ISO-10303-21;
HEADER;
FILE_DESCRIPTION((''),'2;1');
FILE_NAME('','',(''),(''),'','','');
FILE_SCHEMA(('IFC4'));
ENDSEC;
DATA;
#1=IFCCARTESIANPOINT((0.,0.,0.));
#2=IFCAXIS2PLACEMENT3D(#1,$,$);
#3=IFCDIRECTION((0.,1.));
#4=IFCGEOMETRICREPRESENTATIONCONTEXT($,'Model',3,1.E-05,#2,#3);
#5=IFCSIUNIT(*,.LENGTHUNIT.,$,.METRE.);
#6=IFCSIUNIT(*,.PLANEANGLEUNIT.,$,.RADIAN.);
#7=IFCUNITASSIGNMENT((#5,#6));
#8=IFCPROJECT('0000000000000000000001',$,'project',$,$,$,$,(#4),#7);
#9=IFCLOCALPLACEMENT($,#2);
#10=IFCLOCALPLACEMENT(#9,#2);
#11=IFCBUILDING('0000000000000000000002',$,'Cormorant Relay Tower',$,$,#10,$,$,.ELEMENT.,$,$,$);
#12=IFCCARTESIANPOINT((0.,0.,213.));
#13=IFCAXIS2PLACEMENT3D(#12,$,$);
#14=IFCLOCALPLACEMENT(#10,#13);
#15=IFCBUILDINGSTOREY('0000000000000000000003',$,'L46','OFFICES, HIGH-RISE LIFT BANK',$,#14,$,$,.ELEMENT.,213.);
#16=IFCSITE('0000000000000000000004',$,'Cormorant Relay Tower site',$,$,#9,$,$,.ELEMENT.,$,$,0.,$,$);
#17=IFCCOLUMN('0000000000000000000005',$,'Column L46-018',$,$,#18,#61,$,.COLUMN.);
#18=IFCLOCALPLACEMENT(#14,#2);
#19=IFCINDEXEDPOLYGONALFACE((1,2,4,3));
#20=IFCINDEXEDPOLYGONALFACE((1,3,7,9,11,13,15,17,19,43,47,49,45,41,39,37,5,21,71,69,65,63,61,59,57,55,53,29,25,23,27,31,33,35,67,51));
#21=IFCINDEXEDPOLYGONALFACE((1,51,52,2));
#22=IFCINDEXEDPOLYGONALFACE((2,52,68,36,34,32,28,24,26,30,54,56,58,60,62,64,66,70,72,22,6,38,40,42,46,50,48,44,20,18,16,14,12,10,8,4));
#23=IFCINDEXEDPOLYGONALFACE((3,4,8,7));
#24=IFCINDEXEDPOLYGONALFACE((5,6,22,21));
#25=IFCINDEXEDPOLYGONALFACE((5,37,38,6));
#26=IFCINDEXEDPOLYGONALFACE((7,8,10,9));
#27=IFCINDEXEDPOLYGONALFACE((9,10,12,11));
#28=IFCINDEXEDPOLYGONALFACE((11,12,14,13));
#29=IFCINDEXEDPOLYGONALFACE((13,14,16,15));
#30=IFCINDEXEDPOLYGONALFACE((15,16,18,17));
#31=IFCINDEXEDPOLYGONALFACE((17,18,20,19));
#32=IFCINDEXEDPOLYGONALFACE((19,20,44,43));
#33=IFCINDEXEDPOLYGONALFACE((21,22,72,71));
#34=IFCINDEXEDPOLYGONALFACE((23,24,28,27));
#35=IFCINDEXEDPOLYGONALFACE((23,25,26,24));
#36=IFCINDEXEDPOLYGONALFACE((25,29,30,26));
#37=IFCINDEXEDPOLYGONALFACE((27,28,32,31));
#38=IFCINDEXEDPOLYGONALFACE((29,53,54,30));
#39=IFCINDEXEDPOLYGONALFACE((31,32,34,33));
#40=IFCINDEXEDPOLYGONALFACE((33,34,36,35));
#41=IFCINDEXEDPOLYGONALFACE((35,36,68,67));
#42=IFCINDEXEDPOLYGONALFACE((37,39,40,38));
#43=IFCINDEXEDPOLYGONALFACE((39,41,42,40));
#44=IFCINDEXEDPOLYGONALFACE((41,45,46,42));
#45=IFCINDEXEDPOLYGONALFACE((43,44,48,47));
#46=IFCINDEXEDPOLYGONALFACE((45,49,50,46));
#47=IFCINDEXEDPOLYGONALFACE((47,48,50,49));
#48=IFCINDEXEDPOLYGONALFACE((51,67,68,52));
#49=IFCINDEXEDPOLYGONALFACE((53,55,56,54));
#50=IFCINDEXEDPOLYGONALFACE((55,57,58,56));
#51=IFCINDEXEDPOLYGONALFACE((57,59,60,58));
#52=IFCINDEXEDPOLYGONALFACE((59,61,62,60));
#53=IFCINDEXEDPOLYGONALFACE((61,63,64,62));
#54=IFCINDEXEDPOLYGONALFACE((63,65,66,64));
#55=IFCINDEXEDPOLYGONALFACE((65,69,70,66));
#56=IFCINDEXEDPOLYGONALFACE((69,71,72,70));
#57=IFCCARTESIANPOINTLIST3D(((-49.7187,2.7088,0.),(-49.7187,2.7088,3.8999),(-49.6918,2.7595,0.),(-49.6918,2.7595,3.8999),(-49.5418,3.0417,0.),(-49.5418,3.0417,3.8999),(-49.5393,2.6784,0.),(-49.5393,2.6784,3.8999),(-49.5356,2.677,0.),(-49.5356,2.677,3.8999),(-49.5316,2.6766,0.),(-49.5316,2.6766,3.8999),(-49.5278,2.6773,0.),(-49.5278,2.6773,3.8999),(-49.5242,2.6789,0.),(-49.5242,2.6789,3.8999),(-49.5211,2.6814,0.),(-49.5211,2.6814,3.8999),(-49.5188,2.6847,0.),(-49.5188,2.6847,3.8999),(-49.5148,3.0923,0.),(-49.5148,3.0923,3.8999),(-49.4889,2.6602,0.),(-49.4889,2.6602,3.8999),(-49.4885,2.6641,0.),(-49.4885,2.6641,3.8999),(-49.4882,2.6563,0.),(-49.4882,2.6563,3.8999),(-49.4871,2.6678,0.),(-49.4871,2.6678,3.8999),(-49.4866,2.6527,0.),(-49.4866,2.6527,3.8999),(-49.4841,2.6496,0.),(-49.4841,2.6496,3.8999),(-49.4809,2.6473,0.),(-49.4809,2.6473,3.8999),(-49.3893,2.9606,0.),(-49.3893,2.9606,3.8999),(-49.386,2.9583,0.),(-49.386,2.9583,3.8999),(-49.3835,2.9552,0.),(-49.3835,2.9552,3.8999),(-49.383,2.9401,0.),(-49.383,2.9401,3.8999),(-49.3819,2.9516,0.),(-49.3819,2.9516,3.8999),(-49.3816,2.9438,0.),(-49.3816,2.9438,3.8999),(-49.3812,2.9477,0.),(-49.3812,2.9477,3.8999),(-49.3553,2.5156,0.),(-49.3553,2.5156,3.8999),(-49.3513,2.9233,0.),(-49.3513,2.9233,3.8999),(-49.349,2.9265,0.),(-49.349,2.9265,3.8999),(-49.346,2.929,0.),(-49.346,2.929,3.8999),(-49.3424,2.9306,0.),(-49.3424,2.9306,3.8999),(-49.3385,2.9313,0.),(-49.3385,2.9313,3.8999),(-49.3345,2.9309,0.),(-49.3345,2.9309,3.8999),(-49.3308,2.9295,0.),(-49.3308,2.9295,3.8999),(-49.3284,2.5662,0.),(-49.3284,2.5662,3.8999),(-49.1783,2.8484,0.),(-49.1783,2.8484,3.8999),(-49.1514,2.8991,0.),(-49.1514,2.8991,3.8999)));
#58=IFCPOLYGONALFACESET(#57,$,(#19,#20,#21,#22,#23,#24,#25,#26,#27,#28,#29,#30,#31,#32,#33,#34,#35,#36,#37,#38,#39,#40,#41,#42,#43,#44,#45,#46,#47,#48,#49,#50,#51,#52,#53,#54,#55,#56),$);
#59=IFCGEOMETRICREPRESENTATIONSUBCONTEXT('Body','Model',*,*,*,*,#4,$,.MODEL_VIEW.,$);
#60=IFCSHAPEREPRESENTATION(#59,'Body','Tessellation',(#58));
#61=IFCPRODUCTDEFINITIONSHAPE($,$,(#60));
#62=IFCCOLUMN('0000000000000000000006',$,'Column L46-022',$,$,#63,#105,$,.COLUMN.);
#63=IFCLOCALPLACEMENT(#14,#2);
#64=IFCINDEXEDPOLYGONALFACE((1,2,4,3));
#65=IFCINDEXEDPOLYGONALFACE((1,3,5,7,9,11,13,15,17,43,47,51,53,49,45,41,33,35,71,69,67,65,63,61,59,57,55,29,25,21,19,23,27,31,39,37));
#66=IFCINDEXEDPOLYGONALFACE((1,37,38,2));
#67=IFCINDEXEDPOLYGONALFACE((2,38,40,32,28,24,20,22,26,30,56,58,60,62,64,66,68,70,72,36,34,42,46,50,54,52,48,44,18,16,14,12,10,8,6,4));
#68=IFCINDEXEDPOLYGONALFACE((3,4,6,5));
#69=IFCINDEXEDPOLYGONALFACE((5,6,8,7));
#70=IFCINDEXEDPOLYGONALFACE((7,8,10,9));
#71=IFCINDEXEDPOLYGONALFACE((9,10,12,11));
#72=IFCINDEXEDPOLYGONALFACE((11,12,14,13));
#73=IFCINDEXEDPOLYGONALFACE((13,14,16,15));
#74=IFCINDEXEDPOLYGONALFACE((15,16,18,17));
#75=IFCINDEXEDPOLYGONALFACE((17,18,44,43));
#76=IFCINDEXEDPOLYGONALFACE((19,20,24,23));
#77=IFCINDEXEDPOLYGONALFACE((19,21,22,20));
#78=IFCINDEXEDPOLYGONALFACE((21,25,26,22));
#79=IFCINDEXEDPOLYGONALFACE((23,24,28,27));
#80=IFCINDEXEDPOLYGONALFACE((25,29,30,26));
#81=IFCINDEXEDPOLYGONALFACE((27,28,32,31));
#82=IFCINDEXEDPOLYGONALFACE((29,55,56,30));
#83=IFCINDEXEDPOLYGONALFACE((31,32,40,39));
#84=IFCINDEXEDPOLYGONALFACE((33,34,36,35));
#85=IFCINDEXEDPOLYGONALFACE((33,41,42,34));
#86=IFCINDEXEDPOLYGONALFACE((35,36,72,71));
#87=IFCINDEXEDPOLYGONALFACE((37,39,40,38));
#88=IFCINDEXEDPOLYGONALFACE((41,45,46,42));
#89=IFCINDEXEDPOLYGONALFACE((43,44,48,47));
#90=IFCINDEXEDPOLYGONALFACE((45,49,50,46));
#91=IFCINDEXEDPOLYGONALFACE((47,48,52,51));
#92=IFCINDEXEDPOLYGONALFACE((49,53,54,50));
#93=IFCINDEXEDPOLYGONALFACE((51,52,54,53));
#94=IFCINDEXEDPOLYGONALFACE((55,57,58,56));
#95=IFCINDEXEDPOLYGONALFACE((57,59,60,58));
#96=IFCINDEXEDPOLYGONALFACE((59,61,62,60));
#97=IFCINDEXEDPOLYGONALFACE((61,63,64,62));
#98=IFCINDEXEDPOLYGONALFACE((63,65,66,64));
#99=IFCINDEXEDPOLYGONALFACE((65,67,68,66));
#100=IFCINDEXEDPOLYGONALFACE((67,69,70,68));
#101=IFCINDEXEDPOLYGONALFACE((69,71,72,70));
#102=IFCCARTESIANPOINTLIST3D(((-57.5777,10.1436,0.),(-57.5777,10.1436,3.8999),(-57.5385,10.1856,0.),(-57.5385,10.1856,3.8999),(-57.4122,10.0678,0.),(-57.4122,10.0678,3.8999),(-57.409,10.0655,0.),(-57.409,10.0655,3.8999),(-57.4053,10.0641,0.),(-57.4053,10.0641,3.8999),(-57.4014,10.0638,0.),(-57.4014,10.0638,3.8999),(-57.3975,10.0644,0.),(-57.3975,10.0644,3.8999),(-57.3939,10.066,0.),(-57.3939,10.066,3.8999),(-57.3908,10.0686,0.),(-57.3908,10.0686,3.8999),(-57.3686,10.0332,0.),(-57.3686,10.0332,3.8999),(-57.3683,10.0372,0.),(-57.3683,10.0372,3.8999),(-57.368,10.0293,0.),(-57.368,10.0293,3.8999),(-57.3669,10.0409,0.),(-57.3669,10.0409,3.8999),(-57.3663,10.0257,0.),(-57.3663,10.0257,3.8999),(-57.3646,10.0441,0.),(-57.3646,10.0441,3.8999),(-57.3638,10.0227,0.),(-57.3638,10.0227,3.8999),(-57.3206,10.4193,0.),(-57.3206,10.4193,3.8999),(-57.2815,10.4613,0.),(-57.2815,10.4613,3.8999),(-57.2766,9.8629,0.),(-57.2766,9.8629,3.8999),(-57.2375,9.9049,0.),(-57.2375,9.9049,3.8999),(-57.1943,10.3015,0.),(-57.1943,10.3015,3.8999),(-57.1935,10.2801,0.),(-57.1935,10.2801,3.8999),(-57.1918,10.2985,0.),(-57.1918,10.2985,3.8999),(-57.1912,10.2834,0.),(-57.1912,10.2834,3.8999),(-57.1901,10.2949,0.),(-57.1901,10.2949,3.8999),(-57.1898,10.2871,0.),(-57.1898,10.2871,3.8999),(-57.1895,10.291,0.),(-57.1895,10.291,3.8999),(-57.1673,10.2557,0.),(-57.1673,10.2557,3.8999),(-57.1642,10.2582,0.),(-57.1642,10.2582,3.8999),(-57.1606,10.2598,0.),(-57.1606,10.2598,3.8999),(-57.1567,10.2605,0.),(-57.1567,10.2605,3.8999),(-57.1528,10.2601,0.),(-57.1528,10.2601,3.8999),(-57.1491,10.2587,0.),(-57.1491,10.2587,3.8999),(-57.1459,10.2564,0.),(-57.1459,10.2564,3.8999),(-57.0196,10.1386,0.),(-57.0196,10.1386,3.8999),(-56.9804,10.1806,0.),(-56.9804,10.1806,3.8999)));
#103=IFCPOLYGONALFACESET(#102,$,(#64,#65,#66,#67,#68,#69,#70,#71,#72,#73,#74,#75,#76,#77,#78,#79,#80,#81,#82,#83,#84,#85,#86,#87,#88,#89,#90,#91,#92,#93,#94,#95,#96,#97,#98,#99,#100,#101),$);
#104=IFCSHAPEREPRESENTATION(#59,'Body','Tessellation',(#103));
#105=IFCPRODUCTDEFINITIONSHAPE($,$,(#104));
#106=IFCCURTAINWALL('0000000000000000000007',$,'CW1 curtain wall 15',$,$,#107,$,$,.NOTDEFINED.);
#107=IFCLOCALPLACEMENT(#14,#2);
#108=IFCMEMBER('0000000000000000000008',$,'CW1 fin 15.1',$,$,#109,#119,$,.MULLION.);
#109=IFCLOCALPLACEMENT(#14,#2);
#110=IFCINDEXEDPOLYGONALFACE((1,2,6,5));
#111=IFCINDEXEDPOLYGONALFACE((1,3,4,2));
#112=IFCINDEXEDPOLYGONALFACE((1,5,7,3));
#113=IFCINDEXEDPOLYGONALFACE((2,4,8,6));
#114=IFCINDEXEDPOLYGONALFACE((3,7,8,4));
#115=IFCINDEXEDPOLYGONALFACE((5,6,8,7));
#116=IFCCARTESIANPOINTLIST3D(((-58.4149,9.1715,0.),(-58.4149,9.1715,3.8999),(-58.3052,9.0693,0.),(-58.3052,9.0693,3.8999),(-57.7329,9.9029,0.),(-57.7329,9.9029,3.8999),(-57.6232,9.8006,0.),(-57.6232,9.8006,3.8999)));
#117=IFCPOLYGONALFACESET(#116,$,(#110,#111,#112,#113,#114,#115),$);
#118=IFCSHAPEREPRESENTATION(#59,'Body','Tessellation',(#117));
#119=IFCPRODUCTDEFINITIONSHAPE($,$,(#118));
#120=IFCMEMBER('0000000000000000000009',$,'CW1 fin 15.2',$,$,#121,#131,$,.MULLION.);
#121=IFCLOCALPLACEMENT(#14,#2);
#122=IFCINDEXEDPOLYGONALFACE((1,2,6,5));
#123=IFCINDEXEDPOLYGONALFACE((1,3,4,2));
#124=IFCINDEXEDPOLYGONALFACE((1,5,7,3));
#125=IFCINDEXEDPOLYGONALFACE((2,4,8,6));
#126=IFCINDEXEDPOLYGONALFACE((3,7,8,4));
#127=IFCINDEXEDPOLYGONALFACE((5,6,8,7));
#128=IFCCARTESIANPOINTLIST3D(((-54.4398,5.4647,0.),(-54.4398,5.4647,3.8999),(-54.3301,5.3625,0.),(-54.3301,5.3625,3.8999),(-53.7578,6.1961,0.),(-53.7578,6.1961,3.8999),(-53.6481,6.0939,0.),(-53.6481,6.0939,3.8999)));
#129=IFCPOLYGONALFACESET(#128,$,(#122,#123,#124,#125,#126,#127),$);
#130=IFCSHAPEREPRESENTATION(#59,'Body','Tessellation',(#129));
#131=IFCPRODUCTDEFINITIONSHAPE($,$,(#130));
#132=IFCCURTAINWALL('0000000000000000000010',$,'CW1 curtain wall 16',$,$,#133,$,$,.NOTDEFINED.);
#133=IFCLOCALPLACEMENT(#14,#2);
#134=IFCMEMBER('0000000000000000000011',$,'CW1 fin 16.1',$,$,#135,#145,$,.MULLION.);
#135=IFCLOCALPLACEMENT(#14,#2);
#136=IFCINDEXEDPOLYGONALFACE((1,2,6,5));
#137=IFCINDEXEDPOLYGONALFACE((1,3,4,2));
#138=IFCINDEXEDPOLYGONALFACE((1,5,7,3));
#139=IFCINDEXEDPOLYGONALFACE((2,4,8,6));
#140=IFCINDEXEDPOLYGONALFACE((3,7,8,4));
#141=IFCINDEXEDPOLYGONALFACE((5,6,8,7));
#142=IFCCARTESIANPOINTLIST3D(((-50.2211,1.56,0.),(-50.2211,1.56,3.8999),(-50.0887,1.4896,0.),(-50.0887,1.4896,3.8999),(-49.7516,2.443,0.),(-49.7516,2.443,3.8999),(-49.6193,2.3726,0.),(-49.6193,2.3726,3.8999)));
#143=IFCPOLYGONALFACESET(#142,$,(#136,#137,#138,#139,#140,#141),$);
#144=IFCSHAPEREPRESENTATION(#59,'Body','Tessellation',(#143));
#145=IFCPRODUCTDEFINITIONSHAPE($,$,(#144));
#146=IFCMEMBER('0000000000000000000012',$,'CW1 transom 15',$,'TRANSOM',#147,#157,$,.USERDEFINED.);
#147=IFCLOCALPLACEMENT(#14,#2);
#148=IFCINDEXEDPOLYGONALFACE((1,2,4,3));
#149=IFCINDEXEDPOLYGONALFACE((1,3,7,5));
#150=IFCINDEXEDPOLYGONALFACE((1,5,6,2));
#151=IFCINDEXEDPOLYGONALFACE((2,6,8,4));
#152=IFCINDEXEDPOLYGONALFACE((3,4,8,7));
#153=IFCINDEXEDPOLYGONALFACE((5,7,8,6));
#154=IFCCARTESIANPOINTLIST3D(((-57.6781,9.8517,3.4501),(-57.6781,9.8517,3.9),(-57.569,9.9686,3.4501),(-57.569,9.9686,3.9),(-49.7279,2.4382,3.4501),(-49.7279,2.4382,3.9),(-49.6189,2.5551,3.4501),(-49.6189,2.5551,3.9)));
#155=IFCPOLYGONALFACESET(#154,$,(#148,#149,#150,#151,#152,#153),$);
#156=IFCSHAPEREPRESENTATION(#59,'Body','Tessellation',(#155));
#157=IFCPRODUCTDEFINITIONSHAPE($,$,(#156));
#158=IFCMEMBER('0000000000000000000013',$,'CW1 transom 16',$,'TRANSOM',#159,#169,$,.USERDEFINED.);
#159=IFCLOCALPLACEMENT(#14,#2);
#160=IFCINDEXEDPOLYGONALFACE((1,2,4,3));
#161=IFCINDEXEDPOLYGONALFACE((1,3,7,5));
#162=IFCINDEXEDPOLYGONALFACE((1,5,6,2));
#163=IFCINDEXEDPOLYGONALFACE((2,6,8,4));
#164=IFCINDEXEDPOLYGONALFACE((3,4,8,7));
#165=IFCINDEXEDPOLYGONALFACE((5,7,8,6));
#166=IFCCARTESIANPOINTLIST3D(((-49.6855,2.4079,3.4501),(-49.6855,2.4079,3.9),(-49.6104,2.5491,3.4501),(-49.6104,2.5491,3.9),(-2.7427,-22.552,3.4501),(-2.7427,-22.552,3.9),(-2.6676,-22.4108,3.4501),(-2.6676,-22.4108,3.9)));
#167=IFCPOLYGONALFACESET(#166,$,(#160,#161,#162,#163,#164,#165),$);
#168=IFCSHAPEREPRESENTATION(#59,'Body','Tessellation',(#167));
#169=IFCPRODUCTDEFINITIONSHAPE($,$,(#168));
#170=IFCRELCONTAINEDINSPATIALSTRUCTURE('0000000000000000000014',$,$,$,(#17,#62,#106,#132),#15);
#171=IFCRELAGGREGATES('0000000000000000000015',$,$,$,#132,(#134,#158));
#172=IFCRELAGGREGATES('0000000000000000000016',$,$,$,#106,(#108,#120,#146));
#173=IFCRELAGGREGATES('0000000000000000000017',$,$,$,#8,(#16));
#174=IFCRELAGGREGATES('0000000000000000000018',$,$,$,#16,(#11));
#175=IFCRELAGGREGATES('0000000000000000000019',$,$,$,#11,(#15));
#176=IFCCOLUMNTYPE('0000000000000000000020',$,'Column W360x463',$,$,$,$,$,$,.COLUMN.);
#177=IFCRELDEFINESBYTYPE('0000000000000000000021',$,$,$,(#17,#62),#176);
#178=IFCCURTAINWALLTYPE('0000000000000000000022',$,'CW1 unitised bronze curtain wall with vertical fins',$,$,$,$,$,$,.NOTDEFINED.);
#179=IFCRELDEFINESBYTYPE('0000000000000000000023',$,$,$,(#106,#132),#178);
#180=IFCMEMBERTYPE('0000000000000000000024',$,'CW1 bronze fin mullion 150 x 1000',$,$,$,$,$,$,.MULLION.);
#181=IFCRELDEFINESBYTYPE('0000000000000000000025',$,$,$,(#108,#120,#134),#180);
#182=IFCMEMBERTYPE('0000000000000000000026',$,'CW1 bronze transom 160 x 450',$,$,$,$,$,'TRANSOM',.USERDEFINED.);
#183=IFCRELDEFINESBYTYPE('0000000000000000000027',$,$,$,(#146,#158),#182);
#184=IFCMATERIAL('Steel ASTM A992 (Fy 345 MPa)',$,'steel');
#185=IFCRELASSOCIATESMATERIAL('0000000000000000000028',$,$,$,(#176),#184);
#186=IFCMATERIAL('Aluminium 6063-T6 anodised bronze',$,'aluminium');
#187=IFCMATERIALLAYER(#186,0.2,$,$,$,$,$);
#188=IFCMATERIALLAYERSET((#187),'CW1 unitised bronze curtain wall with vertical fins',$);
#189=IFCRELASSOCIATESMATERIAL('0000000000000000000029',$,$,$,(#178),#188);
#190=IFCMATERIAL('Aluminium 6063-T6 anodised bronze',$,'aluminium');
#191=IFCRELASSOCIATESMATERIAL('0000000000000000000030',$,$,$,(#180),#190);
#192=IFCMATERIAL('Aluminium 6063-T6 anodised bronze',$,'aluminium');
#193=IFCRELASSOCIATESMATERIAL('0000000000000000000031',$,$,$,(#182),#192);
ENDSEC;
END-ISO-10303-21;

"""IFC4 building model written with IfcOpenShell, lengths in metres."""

from ifc_helpers import new_model, si_unit, direction, frame, origin, origin_2d, place, context, subcontext, project, spatial, rectangle, i_section, extrude, material, layer, layer_set, material_profile, profile_set, type_object, element, aggregate, save


model = new_model("IFC4")

# Units and contexts
model_context = context("Model", 3, precision=1e-05, world=origin(), true_north=direction((0.0, 1.0)))
body_context = subcontext(model_context, "Body", "Model", "MODEL_VIEW")
ifc_project = project(units=[si_unit("LENGTHUNIT", "METRE"), si_unit("PLANEANGLEUNIT", "RADIAN")], contexts=[model_context])

# Site, building, storey
site_placement = place(None, origin())
site = spatial("IfcSite", under=ifc_project, at=site_placement, Name="Cormorant Relay Tower site", CompositionType="ELEMENT", RefElevation=0.0)
building_placement = place(site_placement, origin())
building = spatial("IfcBuilding", under=site, at=building_placement, Name="Cormorant Relay Tower", CompositionType="ELEMENT")
storey_placement = place(building_placement, frame((0.0, 0.0, 213.0)))
storey = spatial("IfcBuildingStorey", under=building, at=storey_placement, Name="L46", Description="OFFICES, HIGH-RISE LIFT BANK", CompositionType="ELEMENT", Elevation=213.0)

# Columns
ifc_material_1 = material(Name="Steel ASTM A992 (Fy 345 MPa)", Category="steel")
ifc_material_profile_1 = material_profile(ifc_material_1, i_section(OverallWidth=0.4116, OverallDepth=0.4343, WebThickness=0.0359, FlangeThickness=0.0574, FilletRadius=0.0151, at=origin_2d()), Name="W360x463")
ifc_profile_set_1 = profile_set([ifc_material_profile_1], Name="Steel ASTM A992 (Fy 345 MPa)")
column_type = type_object("IfcColumnType", Name="Column W360x463", PredefinedType="COLUMN", material=ifc_profile_set_1)
for number, where, z_axis, x_axis, name in (
    (1, (-49.4351, 2.804, 0.0), (0.0, 0.0, 1.0), (0.882948, -0.469472, 0.0), "Column L46-018"),
    (2, (-57.2791, 10.1621, 0.0), (0.0, 0.0, 1.0), (0.731354, -0.681998, 0.0), "Column L46-022"),
):
    element("IfcColumn", number, at=place(storey_placement, frame(where, z_axis=z_axis, x_axis=x_axis)), inside=storey, type_object=column_type, Name=name, PredefinedType="COLUMN", context=body_context, shape_type="SweptSolid", body=[
        extrude(i_section(OverallWidth=0.4116, OverallDepth=0.4343, WebThickness=0.0359, FlangeThickness=0.0574, FilletRadius=0.0151, at=origin_2d()), origin(), (0.0, 0.0, 1.0), 3.8999),
    ])

# Curtain wall, members
ifc_material_2 = material(Name="Aluminium 6063-T6 anodised bronze", Category="aluminium")
ifc_layer_1 = layer(ifc_material_2, 0.2)
ifc_layer_set_1 = layer_set([ifc_layer_1], Name="CW1 unitised bronze curtain wall with vertical fins")
curtain_wall_type = type_object("IfcCurtainWallType", Name="CW1 unitised bronze curtain wall with vertical fins", PredefinedType="NOTDEFINED", material=ifc_layer_set_1)
curtain_wall_1_placement = place(storey_placement, origin())
curtain_wall_1 = element("IfcCurtainWall", 3, at=curtain_wall_1_placement, inside=storey, type_object=curtain_wall_type, Name="CW1 curtain wall 15", PredefinedType="NOTDEFINED")
ifc_material_3 = material(Name="Aluminium 6063-T6 anodised bronze", Category="aluminium")
ifc_material_profile_2 = material_profile(ifc_material_3, rectangle(XDim=0.1499, YDim=1.0, at=origin_2d()), Name="AL 150x1000")
ifc_profile_set_2 = profile_set([ifc_material_profile_2], Name="Aluminium 6063-T6 anodised bronze")
member_type_1 = type_object("IfcMemberType", Name="CW1 bronze fin mullion 150 x 1000", PredefinedType="MULLION", material=ifc_profile_set_2)
member_1_placement = place(storey_placement, frame((-58.019, 9.4861, 0.0), z_axis=(0.0, 0.0, 1.0), x_axis=(0.731354, -0.681998, 0.0)))
member_1 = element("IfcMember", 4, at=member_1_placement, type_object=member_type_1, Name="CW1 fin 15.1", PredefinedType="MULLION", context=body_context, shape_type="SweptSolid", body=[
    extrude(rectangle(XDim=0.1499, YDim=1.0, at=origin_2d()), origin(), (0.0, 0.0, 1.0), 3.8999),
])
member_2_placement = place(storey_placement, frame((-54.0439, 5.7793, 0.0), z_axis=(0.0, 0.0, 1.0), x_axis=(0.731354, -0.681998, 0.0)))
member_2 = element("IfcMember", 5, at=member_2_placement, type_object=member_type_1, Name="CW1 fin 15.2", PredefinedType="MULLION", context=body_context, shape_type="SweptSolid", body=[
    extrude(rectangle(XDim=0.1499, YDim=1.0, at=origin_2d()), origin(), (0.0, 0.0, 1.0), 3.8999),
])

# Curtain wall, member
curtain_wall_2_placement = place(storey_placement, origin())
curtain_wall_2 = element("IfcCurtainWall", 6, at=curtain_wall_2_placement, inside=storey, type_object=curtain_wall_type, Name="CW1 curtain wall 16", PredefinedType="NOTDEFINED")
member_3_placement = place(storey_placement, frame((-49.9202, 1.9663, 0.0), z_axis=(0.0, 0.0, 1.0), x_axis=(0.882948, -0.469472, 0.0)))
member_3 = element("IfcMember", 7, at=member_3_placement, type_object=member_type_1, Name="CW1 fin 16.1", PredefinedType="MULLION", context=body_context, shape_type="SweptSolid", body=[
    extrude(rectangle(XDim=0.1499, YDim=1.0, at=origin_2d()), origin(), (0.0, 0.0, 1.0), 3.8999),
])

# Members
ifc_material_4 = material(Name="Aluminium 6063-T6 anodised bronze", Category="aluminium")
ifc_material_profile_3 = material_profile(ifc_material_4, rectangle(XDim=0.1599, YDim=0.45, at=origin_2d()), Name="AL 160x450")
ifc_profile_set_3 = profile_set([ifc_material_profile_3], Name="Aluminium 6063-T6 anodised bronze")
member_type_2 = type_object("IfcMemberType", Name="CW1 bronze transom 160 x 450", ElementType="TRANSOM", PredefinedType="USERDEFINED", material=ifc_profile_set_3)
member_4_placement = place(storey_placement, frame((-57.6235, 9.9102, 3.675), z_axis=(0.731358, -0.681993, 0.0), x_axis=(0.681993, 0.731358, 0.0)))
member_4 = element("IfcMember", 8, at=member_4_placement, type_object=member_type_2, Name="CW1 transom 15", ObjectType="TRANSOM", PredefinedType="USERDEFINED", context=body_context, shape_type="SweptSolid", body=[
    extrude(rectangle(XDim=0.1599, YDim=0.45, at=origin_2d()), origin(), (0.0, 0.0, 1.0), 10.8704),
])
member_5_placement = place(storey_placement, frame((-49.6479, 2.4785, 3.675), z_axis=(0.882948, -0.469471, 0.0), x_axis=(0.469471, 0.882948, 0.0)))
member_5 = element("IfcMember", 9, at=member_5_placement, type_object=member_type_2, Name="CW1 transom 16", ObjectType="TRANSOM", PredefinedType="USERDEFINED", context=body_context, shape_type="SweptSolid", body=[
    extrude(rectangle(XDim=0.1599, YDim=0.45, at=origin_2d()), origin(), (0.0, 0.0, 1.0), 53.166),
])
aggregate(curtain_wall_2, [member_3, member_5])

aggregate(curtain_wall_1, [member_1, member_2, member_4])

save(model, "model.ifc")
